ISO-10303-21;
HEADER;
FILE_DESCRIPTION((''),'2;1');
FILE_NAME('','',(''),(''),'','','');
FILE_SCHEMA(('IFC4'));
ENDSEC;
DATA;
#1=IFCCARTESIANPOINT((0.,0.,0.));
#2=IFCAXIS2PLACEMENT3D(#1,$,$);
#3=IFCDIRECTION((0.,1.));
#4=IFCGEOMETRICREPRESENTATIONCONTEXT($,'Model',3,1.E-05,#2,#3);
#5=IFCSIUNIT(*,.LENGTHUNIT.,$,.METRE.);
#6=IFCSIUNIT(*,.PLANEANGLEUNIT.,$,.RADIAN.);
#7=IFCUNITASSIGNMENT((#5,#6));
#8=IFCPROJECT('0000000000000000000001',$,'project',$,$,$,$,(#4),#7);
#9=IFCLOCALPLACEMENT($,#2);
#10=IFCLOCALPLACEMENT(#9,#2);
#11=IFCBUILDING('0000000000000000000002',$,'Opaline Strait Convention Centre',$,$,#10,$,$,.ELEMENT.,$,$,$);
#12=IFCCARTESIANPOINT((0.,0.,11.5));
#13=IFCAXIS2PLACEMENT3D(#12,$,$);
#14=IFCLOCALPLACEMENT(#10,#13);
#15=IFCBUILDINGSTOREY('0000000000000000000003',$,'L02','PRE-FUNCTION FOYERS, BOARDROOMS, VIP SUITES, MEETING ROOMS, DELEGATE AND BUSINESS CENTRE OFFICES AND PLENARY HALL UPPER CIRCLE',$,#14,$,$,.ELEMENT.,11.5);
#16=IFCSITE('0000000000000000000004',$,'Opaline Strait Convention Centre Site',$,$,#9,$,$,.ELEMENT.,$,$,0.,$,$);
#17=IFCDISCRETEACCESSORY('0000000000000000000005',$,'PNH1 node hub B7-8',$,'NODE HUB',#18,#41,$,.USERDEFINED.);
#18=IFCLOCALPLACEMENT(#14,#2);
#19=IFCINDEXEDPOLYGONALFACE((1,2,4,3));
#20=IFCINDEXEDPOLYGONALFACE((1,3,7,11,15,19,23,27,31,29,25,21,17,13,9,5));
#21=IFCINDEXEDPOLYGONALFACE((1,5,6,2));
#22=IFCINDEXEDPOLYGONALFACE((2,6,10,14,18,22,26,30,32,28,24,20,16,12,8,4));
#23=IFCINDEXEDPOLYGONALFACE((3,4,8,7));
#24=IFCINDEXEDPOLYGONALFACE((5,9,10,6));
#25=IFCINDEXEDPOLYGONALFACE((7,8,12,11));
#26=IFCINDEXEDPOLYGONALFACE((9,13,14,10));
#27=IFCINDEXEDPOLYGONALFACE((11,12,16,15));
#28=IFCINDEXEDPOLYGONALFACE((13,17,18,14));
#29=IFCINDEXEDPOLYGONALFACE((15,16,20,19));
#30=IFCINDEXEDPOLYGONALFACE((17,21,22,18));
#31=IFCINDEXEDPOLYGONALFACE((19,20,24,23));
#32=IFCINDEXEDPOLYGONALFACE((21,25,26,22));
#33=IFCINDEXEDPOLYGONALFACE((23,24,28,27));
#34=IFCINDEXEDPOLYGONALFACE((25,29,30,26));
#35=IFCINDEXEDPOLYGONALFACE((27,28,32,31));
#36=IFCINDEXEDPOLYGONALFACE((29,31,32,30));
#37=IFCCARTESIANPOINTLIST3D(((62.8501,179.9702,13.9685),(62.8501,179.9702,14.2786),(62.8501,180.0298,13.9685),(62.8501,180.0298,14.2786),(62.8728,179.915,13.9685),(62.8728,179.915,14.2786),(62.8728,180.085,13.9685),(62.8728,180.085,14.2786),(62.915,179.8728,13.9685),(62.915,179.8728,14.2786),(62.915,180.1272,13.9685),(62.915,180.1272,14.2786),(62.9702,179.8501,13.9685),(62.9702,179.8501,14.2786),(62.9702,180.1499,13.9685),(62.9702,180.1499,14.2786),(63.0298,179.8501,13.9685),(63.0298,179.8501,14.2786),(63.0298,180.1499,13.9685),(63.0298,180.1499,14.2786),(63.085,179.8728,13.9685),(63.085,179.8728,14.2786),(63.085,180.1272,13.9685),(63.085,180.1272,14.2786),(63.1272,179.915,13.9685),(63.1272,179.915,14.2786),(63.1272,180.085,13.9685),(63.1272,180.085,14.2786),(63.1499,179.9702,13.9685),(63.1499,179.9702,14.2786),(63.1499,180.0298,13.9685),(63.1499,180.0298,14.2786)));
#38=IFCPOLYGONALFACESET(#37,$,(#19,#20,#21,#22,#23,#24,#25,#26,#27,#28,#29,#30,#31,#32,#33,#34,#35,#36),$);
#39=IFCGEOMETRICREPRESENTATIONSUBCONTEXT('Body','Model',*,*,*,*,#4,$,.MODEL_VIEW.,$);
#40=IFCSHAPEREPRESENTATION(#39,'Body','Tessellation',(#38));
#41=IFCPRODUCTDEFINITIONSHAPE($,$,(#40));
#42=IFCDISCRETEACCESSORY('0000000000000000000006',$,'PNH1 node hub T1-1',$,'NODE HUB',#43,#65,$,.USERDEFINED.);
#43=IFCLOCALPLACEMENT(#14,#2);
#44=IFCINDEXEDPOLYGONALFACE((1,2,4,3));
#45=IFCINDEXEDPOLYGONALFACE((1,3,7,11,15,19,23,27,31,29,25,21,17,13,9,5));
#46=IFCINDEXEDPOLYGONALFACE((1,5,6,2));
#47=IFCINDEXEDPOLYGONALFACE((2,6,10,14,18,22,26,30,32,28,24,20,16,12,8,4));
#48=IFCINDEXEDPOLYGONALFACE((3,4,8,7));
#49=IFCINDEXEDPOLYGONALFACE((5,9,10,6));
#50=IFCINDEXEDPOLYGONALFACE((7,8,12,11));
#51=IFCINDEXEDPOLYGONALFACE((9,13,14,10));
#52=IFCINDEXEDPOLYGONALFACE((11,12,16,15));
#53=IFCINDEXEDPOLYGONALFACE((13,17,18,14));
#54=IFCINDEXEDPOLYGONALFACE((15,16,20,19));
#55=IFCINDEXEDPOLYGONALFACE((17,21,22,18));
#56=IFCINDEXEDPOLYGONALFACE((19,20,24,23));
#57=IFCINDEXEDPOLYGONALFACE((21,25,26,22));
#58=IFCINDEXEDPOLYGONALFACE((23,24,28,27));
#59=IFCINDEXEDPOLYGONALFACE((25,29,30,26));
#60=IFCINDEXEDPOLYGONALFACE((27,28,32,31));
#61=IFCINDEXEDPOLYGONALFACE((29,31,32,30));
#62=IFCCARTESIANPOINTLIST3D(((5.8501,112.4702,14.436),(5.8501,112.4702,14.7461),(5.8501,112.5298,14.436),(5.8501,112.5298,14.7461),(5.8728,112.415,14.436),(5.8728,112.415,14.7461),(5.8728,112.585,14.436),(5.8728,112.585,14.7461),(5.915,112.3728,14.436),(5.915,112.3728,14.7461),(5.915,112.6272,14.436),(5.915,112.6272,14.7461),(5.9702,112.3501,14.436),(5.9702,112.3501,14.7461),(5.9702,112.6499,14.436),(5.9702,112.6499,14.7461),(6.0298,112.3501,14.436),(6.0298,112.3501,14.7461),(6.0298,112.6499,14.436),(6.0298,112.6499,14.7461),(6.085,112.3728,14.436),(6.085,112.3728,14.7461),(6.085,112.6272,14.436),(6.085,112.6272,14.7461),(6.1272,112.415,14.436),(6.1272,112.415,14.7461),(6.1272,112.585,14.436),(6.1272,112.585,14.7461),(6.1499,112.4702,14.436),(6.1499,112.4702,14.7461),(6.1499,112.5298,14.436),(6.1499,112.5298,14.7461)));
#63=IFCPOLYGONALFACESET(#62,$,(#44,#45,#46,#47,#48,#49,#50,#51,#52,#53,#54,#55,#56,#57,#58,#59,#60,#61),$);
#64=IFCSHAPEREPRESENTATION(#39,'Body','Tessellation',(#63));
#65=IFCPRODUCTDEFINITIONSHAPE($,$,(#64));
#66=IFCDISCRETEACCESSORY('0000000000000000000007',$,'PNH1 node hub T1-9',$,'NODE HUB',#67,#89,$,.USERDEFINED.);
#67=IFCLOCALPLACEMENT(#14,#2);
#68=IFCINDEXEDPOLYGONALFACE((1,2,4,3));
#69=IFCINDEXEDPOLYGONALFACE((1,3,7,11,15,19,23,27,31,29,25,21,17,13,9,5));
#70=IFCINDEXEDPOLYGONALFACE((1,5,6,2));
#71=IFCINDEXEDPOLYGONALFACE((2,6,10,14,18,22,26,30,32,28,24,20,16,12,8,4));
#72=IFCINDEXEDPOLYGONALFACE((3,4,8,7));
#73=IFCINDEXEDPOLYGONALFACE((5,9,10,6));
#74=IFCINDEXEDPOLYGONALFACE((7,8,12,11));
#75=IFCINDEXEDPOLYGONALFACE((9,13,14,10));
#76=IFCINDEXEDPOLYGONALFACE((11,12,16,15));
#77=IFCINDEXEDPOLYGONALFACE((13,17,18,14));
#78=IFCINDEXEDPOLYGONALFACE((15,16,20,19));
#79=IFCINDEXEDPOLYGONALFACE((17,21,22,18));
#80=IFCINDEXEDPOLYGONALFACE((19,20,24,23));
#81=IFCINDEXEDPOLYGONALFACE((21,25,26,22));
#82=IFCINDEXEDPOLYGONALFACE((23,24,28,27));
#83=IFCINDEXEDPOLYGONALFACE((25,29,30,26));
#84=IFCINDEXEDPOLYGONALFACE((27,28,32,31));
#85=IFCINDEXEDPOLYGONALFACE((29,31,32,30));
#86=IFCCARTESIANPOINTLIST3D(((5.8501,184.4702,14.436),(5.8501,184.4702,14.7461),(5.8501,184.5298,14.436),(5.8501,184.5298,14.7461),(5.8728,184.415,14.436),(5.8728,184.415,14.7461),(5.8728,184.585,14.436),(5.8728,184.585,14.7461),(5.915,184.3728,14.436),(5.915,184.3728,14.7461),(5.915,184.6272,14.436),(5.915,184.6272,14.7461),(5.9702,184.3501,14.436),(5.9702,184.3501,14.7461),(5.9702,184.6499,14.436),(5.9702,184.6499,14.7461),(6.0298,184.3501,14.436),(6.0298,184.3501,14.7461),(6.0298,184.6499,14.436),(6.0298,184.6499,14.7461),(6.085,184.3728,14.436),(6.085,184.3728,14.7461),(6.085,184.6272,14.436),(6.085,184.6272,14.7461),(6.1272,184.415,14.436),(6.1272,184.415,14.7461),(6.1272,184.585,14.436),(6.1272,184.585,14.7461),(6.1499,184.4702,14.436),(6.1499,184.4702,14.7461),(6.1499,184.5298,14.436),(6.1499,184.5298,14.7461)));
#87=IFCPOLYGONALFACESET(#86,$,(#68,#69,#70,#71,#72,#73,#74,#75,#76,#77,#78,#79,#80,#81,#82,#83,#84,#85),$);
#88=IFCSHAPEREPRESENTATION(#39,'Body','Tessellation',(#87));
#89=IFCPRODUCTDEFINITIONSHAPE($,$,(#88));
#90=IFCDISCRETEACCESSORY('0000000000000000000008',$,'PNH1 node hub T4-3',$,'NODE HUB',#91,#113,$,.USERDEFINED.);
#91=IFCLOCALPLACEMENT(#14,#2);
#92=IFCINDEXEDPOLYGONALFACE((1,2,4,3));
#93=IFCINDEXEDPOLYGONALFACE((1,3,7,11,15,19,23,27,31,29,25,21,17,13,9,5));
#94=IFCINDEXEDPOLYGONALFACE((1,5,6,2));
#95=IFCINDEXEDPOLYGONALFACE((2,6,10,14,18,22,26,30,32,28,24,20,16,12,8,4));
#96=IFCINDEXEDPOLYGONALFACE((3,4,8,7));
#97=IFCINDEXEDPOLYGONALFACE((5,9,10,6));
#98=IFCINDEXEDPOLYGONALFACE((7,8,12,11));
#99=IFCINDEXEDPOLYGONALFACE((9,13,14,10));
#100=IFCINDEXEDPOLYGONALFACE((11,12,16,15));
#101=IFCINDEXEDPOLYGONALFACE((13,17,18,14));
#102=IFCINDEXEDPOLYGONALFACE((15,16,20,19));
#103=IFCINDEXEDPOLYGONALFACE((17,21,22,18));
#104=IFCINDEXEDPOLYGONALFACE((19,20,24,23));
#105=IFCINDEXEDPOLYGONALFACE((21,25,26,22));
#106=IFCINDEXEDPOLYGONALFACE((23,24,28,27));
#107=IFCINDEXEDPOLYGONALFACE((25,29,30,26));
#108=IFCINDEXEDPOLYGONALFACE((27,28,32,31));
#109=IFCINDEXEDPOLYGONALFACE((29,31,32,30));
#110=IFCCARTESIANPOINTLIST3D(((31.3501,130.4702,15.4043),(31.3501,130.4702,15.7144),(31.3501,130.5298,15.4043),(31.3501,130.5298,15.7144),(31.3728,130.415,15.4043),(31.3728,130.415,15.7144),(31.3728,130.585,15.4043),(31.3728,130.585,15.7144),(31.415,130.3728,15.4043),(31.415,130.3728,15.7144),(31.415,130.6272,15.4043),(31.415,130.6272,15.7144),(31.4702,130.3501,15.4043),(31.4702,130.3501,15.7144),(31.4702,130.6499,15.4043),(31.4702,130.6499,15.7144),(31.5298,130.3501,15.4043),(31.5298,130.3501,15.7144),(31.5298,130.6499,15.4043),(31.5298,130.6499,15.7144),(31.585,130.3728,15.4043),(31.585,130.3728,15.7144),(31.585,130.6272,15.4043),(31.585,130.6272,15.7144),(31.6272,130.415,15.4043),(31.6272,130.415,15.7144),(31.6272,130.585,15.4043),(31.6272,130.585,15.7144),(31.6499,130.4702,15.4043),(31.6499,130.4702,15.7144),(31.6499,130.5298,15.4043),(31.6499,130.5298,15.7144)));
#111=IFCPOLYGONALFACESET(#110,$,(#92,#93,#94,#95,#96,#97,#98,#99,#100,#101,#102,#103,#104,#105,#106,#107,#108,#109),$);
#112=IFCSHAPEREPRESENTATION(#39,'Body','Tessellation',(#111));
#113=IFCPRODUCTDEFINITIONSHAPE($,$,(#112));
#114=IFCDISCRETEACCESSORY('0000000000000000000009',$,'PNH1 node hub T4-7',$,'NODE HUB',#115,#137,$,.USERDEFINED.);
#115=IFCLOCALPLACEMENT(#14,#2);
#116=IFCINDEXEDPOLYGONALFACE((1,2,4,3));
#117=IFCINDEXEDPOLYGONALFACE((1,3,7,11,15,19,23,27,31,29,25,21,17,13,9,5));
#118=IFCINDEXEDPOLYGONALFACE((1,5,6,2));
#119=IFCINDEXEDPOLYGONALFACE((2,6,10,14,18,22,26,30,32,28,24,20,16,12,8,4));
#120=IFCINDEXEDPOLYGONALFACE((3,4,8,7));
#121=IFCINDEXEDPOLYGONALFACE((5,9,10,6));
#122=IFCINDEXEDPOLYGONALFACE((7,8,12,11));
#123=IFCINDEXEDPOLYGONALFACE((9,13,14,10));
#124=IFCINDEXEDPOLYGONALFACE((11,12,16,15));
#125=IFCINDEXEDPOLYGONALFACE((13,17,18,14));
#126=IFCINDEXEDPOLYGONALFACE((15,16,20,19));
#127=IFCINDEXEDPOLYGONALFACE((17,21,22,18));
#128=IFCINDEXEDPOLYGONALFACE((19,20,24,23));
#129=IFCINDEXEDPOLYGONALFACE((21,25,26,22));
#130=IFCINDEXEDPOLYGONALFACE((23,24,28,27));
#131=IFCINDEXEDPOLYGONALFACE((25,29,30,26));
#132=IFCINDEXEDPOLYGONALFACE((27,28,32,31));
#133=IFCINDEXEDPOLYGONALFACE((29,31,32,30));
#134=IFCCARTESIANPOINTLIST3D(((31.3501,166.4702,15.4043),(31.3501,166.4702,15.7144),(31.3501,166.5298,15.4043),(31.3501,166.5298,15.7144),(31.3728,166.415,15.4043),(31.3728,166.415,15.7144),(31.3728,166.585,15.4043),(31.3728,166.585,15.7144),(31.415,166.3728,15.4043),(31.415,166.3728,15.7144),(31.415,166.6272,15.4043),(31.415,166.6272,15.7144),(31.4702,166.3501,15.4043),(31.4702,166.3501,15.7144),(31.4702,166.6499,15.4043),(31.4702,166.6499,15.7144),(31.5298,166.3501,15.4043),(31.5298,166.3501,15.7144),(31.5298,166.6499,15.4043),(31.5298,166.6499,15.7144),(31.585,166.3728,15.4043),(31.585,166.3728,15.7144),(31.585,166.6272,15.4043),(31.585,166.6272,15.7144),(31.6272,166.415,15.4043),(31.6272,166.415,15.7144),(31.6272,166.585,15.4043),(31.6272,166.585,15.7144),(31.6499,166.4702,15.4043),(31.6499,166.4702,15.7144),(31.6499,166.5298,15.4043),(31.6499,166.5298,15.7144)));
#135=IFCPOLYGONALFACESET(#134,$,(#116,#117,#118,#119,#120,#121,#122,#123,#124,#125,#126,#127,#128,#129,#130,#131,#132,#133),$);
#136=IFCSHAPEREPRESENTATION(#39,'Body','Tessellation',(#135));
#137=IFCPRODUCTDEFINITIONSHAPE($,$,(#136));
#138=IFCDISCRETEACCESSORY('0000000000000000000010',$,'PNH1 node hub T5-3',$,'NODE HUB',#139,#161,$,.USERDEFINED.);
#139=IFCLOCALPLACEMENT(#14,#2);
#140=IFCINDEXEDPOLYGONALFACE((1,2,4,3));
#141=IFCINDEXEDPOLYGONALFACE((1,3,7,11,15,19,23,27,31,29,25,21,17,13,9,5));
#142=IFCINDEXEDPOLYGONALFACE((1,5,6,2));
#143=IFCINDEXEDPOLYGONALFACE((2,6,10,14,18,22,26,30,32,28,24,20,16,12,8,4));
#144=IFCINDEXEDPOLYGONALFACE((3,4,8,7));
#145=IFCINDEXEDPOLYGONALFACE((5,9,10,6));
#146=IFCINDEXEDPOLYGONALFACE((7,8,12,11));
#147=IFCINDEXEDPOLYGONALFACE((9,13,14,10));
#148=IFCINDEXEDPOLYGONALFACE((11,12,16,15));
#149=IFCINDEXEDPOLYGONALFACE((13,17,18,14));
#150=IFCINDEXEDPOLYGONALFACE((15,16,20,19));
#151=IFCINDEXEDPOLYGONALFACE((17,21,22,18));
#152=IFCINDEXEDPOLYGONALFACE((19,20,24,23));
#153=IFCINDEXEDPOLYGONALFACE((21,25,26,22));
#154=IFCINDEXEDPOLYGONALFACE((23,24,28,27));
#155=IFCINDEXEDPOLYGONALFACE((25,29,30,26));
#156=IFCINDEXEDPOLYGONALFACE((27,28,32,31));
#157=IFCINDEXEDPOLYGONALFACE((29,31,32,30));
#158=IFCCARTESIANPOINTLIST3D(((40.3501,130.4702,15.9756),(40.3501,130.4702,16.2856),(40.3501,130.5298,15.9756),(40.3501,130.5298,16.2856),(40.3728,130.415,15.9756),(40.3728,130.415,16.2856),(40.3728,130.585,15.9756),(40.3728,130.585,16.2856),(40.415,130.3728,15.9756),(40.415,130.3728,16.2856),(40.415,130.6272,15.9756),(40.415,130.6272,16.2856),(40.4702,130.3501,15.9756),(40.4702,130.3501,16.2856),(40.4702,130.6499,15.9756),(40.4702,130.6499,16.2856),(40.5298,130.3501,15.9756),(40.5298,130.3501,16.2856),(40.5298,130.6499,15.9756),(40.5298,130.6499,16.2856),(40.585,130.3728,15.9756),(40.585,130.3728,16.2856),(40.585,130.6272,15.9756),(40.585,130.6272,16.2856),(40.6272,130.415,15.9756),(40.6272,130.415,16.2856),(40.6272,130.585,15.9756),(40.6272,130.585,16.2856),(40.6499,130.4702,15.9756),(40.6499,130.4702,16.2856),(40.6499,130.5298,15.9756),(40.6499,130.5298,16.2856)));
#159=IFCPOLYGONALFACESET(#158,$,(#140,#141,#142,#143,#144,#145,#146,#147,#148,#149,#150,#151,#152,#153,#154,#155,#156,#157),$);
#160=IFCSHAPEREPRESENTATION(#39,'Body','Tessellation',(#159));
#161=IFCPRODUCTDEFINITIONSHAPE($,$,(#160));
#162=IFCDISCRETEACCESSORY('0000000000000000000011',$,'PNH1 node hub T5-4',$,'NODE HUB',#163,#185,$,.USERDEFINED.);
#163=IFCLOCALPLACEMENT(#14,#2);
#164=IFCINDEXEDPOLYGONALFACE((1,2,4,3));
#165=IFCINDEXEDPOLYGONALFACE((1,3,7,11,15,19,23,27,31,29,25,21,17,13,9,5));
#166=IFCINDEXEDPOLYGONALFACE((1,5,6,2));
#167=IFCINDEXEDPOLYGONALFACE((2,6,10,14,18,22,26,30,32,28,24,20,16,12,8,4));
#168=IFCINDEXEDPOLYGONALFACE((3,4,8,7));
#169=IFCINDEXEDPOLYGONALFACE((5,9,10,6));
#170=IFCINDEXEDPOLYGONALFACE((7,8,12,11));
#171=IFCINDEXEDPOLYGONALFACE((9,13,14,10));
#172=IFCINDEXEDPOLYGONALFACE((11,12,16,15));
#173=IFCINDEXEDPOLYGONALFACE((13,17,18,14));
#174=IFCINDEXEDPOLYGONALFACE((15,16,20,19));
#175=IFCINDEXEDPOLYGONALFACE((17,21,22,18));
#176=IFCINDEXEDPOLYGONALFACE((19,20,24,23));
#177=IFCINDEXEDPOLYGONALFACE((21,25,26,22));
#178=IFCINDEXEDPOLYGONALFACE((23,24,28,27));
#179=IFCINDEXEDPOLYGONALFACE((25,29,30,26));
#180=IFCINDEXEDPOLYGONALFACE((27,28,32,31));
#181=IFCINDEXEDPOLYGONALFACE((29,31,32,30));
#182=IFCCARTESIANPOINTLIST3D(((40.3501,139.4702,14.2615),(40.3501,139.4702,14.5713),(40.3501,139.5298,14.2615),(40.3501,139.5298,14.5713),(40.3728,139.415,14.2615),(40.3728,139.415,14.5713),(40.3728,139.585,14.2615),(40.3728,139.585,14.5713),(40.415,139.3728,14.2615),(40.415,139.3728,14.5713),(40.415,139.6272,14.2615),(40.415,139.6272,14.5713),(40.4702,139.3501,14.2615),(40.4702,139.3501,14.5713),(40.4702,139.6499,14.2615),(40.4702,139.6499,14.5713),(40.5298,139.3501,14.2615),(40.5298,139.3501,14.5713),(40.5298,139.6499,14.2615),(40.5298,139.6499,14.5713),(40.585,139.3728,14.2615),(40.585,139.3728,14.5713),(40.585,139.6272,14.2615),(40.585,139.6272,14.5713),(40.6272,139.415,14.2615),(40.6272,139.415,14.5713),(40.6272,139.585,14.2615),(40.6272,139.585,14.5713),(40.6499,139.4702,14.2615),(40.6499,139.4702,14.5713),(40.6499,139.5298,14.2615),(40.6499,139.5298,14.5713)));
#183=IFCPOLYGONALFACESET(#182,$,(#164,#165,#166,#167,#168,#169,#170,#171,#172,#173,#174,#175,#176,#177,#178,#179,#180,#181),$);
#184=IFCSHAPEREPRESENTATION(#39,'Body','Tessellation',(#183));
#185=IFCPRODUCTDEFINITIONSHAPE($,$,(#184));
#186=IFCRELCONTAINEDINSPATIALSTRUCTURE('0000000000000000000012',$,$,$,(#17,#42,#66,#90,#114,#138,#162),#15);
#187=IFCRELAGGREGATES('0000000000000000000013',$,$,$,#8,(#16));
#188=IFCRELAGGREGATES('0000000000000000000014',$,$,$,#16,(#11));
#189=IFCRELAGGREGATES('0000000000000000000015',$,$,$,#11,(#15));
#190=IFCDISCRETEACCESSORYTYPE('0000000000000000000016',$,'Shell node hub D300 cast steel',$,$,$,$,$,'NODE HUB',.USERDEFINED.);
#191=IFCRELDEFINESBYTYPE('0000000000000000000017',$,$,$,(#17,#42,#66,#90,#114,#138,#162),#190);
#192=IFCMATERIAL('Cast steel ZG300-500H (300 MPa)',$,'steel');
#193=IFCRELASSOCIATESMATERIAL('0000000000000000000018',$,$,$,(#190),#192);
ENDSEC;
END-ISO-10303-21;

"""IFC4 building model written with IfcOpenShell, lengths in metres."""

from ifc_helpers import new_model, si_unit, direction, frame, origin, place, context, subcontext, project, spatial, polyline, outline, extrude, material, type_object, element, save


model = new_model("IFC4")

# Units and contexts
model_context = context("Model", 3, precision=1e-05, world=origin(), true_north=direction((0.0, 1.0)))
body_context = subcontext(model_context, "Body", "Model", "MODEL_VIEW")
ifc_project = project(units=[si_unit("LENGTHUNIT", "METRE"), si_unit("PLANEANGLEUNIT", "RADIAN")], contexts=[model_context])

# Site, building, storey
site_placement = place(None, origin())
site = spatial("IfcSite", under=ifc_project, at=site_placement, Name="Opaline Strait Convention Centre Site", CompositionType="ELEMENT", RefElevation=0.0)
building_placement = place(site_placement, origin())
building = spatial("IfcBuilding", under=site, at=building_placement, Name="Opaline Strait Convention Centre", CompositionType="ELEMENT")
storey_placement = place(building_placement, frame((0.0, 0.0, 11.5)))
storey = spatial("IfcBuildingStorey", under=building, at=storey_placement, Name="L02", Description="PRE-FUNCTION FOYERS, BOARDROOMS, VIP SUITES, MEETING ROOMS, DELEGATE AND BUSINESS CENTRE OFFICES AND PLENARY HALL UPPER CIRCLE", CompositionType="ELEMENT", Elevation=11.5)

# Discrete accessories
ifc_material = material(Name="Cast steel ZG300-500H (300 MPa)", Category="steel")
discrete_accessory_type_1 = type_object("IfcDiscreteAccessoryType", Name="Shell node hub D300 cast steel", ElementType="NODE HUB", PredefinedType="USERDEFINED", material=ifc_material)
discrete_accessory_1_placement = place(storey_placement, frame((0.0, 0.0, 13.9685)))
element("IfcDiscreteAccessory", 1, at=discrete_accessory_1_placement, inside=storey, type_object=discrete_accessory_type_1, Name="PNH1 node hub B7-8", ObjectType="NODE HUB", PredefinedType="USERDEFINED", context=body_context, shape_type="SweptSolid", body=[
    extrude(outline(polyline([(63.1499, 180.0298), (63.1272, 180.085), (63.085, 180.1272), (63.0298, 180.1499), (62.9702, 180.1499), (62.915, 180.1272), (62.8728, 180.085), (62.8501, 180.0298), (62.8501, 179.9702), (62.8728, 179.915), (62.915, 179.8728), (62.9702, 179.8501), (63.0298, 179.8501), (63.085, 179.8728), (63.1272, 179.915), (63.1499, 179.9702), (63.1499, 180.0298)])), origin(), (0.0, 0.0, 1.0), 0.3101),
])
discrete_accessory_2_placement = place(storey_placement, frame((0.0, 0.0, 14.436)))
element("IfcDiscreteAccessory", 2, at=discrete_accessory_2_placement, inside=storey, type_object=discrete_accessory_type_1, Name="PNH1 node hub T1-1", ObjectType="NODE HUB", PredefinedType="USERDEFINED", context=body_context, shape_type="SweptSolid", body=[
    extrude(outline(polyline([(6.1499, 112.5298), (6.1272, 112.585), (6.085, 112.6272), (6.0298, 112.6499), (5.9702, 112.6499), (5.915, 112.6272), (5.8728, 112.585), (5.8501, 112.5298), (5.8501, 112.4702), (5.8728, 112.415), (5.915, 112.3728), (5.9702, 112.3501), (6.0298, 112.3501), (6.085, 112.3728), (6.1272, 112.415), (6.1499, 112.4702), (6.1499, 112.5298)])), origin(), (0.0, 0.0, 1.0), 0.3101),
])
discrete_accessory_3_placement = place(storey_placement, frame((0.0, 0.0, 14.436)))
element("IfcDiscreteAccessory", 3, at=discrete_accessory_3_placement, inside=storey, type_object=discrete_accessory_type_1, Name="PNH1 node hub T1-9", ObjectType="NODE HUB", PredefinedType="USERDEFINED", context=body_context, shape_type="SweptSolid", body=[
    extrude(outline(polyline([(6.1499, 184.5298), (6.1272, 184.585), (6.085, 184.6272), (6.0298, 184.6499), (5.9702, 184.6499), (5.915, 184.6272), (5.8728, 184.585), (5.8501, 184.5298), (5.8501, 184.4702), (5.8728, 184.415), (5.915, 184.3728), (5.9702, 184.3501), (6.0298, 184.3501), (6.085, 184.3728), (6.1272, 184.415), (6.1499, 184.4702), (6.1499, 184.5298)])), origin(), (0.0, 0.0, 1.0), 0.3101),
])
discrete_accessory_4_placement = place(storey_placement, frame((0.0, 0.0, 15.4043)))
element("IfcDiscreteAccessory", 4, at=discrete_accessory_4_placement, inside=storey, type_object=discrete_accessory_type_1, Name="PNH1 node hub T4-3", ObjectType="NODE HUB", PredefinedType="USERDEFINED", context=body_context, shape_type="SweptSolid", body=[
    extrude(outline(polyline([(31.6499, 130.5298), (31.6272, 130.585), (31.585, 130.6272), (31.5298, 130.6499), (31.4702, 130.6499), (31.415, 130.6272), (31.3728, 130.585), (31.3501, 130.5298), (31.3501, 130.4702), (31.3728, 130.415), (31.415, 130.3728), (31.4702, 130.3501), (31.5298, 130.3501), (31.585, 130.3728), (31.6272, 130.415), (31.6499, 130.4702), (31.6499, 130.5298)])), origin(), (0.0, 0.0, 1.0), 0.3101),
])
discrete_accessory_5_placement = place(storey_placement, frame((0.0, 0.0, 15.4043)))
element("IfcDiscreteAccessory", 5, at=discrete_accessory_5_placement, inside=storey, type_object=discrete_accessory_type_1, Name="PNH1 node hub T4-7", ObjectType="NODE HUB", PredefinedType="USERDEFINED", context=body_context, shape_type="SweptSolid", body=[
    extrude(outline(polyline([(31.6499, 166.5298), (31.6272, 166.585), (31.585, 166.6272), (31.5298, 166.6499), (31.4702, 166.6499), (31.415, 166.6272), (31.3728, 166.585), (31.3501, 166.5298), (31.3501, 166.4702), (31.3728, 166.415), (31.415, 166.3728), (31.4702, 166.3501), (31.5298, 166.3501), (31.585, 166.3728), (31.6272, 166.415), (31.6499, 166.4702), (31.6499, 166.5298)])), origin(), (0.0, 0.0, 1.0), 0.3101),
])
discrete_accessory_6_placement = place(storey_placement, frame((0.0, 0.0, 15.9756)))
element("IfcDiscreteAccessory", 6, at=discrete_accessory_6_placement, inside=storey, type_object=discrete_accessory_type_1, Name="PNH1 node hub T5-3", ObjectType="NODE HUB", PredefinedType="USERDEFINED", context=body_context, shape_type="SweptSolid", body=[
    extrude(outline(polyline([(40.6499, 130.5298), (40.6272, 130.585), (40.585, 130.6272), (40.5298, 130.6499), (40.4702, 130.6499), (40.415, 130.6272), (40.3728, 130.585), (40.3501, 130.5298), (40.3501, 130.4702), (40.3728, 130.415), (40.415, 130.3728), (40.4702, 130.3501), (40.5298, 130.3501), (40.585, 130.3728), (40.6272, 130.415), (40.6499, 130.4702), (40.6499, 130.5298)])), origin(), (0.0, 0.0, 1.0), 0.3101),
])
discrete_accessory_7_placement = place(storey_placement, frame((0.0, 0.0, 14.2615)))
element("IfcDiscreteAccessory", 7, at=discrete_accessory_7_placement, inside=storey, type_object=discrete_accessory_type_1, Name="PNH1 node hub T5-4", ObjectType="NODE HUB", PredefinedType="USERDEFINED", context=body_context, shape_type="SweptSolid", body=[
    extrude(outline(polyline([(40.6499, 139.5298), (40.6272, 139.585), (40.585, 139.6272), (40.5298, 139.6499), (40.4702, 139.6499), (40.415, 139.6272), (40.3728, 139.585), (40.3501, 139.5298), (40.3501, 139.4702), (40.3728, 139.415), (40.415, 139.3728), (40.4702, 139.3501), (40.5298, 139.3501), (40.585, 139.3728), (40.6272, 139.415), (40.6499, 139.4702), (40.6499, 139.5298)])), origin(), (0.0, 0.0, 1.0), 0.3098),
])

save(model, "model.ifc")
